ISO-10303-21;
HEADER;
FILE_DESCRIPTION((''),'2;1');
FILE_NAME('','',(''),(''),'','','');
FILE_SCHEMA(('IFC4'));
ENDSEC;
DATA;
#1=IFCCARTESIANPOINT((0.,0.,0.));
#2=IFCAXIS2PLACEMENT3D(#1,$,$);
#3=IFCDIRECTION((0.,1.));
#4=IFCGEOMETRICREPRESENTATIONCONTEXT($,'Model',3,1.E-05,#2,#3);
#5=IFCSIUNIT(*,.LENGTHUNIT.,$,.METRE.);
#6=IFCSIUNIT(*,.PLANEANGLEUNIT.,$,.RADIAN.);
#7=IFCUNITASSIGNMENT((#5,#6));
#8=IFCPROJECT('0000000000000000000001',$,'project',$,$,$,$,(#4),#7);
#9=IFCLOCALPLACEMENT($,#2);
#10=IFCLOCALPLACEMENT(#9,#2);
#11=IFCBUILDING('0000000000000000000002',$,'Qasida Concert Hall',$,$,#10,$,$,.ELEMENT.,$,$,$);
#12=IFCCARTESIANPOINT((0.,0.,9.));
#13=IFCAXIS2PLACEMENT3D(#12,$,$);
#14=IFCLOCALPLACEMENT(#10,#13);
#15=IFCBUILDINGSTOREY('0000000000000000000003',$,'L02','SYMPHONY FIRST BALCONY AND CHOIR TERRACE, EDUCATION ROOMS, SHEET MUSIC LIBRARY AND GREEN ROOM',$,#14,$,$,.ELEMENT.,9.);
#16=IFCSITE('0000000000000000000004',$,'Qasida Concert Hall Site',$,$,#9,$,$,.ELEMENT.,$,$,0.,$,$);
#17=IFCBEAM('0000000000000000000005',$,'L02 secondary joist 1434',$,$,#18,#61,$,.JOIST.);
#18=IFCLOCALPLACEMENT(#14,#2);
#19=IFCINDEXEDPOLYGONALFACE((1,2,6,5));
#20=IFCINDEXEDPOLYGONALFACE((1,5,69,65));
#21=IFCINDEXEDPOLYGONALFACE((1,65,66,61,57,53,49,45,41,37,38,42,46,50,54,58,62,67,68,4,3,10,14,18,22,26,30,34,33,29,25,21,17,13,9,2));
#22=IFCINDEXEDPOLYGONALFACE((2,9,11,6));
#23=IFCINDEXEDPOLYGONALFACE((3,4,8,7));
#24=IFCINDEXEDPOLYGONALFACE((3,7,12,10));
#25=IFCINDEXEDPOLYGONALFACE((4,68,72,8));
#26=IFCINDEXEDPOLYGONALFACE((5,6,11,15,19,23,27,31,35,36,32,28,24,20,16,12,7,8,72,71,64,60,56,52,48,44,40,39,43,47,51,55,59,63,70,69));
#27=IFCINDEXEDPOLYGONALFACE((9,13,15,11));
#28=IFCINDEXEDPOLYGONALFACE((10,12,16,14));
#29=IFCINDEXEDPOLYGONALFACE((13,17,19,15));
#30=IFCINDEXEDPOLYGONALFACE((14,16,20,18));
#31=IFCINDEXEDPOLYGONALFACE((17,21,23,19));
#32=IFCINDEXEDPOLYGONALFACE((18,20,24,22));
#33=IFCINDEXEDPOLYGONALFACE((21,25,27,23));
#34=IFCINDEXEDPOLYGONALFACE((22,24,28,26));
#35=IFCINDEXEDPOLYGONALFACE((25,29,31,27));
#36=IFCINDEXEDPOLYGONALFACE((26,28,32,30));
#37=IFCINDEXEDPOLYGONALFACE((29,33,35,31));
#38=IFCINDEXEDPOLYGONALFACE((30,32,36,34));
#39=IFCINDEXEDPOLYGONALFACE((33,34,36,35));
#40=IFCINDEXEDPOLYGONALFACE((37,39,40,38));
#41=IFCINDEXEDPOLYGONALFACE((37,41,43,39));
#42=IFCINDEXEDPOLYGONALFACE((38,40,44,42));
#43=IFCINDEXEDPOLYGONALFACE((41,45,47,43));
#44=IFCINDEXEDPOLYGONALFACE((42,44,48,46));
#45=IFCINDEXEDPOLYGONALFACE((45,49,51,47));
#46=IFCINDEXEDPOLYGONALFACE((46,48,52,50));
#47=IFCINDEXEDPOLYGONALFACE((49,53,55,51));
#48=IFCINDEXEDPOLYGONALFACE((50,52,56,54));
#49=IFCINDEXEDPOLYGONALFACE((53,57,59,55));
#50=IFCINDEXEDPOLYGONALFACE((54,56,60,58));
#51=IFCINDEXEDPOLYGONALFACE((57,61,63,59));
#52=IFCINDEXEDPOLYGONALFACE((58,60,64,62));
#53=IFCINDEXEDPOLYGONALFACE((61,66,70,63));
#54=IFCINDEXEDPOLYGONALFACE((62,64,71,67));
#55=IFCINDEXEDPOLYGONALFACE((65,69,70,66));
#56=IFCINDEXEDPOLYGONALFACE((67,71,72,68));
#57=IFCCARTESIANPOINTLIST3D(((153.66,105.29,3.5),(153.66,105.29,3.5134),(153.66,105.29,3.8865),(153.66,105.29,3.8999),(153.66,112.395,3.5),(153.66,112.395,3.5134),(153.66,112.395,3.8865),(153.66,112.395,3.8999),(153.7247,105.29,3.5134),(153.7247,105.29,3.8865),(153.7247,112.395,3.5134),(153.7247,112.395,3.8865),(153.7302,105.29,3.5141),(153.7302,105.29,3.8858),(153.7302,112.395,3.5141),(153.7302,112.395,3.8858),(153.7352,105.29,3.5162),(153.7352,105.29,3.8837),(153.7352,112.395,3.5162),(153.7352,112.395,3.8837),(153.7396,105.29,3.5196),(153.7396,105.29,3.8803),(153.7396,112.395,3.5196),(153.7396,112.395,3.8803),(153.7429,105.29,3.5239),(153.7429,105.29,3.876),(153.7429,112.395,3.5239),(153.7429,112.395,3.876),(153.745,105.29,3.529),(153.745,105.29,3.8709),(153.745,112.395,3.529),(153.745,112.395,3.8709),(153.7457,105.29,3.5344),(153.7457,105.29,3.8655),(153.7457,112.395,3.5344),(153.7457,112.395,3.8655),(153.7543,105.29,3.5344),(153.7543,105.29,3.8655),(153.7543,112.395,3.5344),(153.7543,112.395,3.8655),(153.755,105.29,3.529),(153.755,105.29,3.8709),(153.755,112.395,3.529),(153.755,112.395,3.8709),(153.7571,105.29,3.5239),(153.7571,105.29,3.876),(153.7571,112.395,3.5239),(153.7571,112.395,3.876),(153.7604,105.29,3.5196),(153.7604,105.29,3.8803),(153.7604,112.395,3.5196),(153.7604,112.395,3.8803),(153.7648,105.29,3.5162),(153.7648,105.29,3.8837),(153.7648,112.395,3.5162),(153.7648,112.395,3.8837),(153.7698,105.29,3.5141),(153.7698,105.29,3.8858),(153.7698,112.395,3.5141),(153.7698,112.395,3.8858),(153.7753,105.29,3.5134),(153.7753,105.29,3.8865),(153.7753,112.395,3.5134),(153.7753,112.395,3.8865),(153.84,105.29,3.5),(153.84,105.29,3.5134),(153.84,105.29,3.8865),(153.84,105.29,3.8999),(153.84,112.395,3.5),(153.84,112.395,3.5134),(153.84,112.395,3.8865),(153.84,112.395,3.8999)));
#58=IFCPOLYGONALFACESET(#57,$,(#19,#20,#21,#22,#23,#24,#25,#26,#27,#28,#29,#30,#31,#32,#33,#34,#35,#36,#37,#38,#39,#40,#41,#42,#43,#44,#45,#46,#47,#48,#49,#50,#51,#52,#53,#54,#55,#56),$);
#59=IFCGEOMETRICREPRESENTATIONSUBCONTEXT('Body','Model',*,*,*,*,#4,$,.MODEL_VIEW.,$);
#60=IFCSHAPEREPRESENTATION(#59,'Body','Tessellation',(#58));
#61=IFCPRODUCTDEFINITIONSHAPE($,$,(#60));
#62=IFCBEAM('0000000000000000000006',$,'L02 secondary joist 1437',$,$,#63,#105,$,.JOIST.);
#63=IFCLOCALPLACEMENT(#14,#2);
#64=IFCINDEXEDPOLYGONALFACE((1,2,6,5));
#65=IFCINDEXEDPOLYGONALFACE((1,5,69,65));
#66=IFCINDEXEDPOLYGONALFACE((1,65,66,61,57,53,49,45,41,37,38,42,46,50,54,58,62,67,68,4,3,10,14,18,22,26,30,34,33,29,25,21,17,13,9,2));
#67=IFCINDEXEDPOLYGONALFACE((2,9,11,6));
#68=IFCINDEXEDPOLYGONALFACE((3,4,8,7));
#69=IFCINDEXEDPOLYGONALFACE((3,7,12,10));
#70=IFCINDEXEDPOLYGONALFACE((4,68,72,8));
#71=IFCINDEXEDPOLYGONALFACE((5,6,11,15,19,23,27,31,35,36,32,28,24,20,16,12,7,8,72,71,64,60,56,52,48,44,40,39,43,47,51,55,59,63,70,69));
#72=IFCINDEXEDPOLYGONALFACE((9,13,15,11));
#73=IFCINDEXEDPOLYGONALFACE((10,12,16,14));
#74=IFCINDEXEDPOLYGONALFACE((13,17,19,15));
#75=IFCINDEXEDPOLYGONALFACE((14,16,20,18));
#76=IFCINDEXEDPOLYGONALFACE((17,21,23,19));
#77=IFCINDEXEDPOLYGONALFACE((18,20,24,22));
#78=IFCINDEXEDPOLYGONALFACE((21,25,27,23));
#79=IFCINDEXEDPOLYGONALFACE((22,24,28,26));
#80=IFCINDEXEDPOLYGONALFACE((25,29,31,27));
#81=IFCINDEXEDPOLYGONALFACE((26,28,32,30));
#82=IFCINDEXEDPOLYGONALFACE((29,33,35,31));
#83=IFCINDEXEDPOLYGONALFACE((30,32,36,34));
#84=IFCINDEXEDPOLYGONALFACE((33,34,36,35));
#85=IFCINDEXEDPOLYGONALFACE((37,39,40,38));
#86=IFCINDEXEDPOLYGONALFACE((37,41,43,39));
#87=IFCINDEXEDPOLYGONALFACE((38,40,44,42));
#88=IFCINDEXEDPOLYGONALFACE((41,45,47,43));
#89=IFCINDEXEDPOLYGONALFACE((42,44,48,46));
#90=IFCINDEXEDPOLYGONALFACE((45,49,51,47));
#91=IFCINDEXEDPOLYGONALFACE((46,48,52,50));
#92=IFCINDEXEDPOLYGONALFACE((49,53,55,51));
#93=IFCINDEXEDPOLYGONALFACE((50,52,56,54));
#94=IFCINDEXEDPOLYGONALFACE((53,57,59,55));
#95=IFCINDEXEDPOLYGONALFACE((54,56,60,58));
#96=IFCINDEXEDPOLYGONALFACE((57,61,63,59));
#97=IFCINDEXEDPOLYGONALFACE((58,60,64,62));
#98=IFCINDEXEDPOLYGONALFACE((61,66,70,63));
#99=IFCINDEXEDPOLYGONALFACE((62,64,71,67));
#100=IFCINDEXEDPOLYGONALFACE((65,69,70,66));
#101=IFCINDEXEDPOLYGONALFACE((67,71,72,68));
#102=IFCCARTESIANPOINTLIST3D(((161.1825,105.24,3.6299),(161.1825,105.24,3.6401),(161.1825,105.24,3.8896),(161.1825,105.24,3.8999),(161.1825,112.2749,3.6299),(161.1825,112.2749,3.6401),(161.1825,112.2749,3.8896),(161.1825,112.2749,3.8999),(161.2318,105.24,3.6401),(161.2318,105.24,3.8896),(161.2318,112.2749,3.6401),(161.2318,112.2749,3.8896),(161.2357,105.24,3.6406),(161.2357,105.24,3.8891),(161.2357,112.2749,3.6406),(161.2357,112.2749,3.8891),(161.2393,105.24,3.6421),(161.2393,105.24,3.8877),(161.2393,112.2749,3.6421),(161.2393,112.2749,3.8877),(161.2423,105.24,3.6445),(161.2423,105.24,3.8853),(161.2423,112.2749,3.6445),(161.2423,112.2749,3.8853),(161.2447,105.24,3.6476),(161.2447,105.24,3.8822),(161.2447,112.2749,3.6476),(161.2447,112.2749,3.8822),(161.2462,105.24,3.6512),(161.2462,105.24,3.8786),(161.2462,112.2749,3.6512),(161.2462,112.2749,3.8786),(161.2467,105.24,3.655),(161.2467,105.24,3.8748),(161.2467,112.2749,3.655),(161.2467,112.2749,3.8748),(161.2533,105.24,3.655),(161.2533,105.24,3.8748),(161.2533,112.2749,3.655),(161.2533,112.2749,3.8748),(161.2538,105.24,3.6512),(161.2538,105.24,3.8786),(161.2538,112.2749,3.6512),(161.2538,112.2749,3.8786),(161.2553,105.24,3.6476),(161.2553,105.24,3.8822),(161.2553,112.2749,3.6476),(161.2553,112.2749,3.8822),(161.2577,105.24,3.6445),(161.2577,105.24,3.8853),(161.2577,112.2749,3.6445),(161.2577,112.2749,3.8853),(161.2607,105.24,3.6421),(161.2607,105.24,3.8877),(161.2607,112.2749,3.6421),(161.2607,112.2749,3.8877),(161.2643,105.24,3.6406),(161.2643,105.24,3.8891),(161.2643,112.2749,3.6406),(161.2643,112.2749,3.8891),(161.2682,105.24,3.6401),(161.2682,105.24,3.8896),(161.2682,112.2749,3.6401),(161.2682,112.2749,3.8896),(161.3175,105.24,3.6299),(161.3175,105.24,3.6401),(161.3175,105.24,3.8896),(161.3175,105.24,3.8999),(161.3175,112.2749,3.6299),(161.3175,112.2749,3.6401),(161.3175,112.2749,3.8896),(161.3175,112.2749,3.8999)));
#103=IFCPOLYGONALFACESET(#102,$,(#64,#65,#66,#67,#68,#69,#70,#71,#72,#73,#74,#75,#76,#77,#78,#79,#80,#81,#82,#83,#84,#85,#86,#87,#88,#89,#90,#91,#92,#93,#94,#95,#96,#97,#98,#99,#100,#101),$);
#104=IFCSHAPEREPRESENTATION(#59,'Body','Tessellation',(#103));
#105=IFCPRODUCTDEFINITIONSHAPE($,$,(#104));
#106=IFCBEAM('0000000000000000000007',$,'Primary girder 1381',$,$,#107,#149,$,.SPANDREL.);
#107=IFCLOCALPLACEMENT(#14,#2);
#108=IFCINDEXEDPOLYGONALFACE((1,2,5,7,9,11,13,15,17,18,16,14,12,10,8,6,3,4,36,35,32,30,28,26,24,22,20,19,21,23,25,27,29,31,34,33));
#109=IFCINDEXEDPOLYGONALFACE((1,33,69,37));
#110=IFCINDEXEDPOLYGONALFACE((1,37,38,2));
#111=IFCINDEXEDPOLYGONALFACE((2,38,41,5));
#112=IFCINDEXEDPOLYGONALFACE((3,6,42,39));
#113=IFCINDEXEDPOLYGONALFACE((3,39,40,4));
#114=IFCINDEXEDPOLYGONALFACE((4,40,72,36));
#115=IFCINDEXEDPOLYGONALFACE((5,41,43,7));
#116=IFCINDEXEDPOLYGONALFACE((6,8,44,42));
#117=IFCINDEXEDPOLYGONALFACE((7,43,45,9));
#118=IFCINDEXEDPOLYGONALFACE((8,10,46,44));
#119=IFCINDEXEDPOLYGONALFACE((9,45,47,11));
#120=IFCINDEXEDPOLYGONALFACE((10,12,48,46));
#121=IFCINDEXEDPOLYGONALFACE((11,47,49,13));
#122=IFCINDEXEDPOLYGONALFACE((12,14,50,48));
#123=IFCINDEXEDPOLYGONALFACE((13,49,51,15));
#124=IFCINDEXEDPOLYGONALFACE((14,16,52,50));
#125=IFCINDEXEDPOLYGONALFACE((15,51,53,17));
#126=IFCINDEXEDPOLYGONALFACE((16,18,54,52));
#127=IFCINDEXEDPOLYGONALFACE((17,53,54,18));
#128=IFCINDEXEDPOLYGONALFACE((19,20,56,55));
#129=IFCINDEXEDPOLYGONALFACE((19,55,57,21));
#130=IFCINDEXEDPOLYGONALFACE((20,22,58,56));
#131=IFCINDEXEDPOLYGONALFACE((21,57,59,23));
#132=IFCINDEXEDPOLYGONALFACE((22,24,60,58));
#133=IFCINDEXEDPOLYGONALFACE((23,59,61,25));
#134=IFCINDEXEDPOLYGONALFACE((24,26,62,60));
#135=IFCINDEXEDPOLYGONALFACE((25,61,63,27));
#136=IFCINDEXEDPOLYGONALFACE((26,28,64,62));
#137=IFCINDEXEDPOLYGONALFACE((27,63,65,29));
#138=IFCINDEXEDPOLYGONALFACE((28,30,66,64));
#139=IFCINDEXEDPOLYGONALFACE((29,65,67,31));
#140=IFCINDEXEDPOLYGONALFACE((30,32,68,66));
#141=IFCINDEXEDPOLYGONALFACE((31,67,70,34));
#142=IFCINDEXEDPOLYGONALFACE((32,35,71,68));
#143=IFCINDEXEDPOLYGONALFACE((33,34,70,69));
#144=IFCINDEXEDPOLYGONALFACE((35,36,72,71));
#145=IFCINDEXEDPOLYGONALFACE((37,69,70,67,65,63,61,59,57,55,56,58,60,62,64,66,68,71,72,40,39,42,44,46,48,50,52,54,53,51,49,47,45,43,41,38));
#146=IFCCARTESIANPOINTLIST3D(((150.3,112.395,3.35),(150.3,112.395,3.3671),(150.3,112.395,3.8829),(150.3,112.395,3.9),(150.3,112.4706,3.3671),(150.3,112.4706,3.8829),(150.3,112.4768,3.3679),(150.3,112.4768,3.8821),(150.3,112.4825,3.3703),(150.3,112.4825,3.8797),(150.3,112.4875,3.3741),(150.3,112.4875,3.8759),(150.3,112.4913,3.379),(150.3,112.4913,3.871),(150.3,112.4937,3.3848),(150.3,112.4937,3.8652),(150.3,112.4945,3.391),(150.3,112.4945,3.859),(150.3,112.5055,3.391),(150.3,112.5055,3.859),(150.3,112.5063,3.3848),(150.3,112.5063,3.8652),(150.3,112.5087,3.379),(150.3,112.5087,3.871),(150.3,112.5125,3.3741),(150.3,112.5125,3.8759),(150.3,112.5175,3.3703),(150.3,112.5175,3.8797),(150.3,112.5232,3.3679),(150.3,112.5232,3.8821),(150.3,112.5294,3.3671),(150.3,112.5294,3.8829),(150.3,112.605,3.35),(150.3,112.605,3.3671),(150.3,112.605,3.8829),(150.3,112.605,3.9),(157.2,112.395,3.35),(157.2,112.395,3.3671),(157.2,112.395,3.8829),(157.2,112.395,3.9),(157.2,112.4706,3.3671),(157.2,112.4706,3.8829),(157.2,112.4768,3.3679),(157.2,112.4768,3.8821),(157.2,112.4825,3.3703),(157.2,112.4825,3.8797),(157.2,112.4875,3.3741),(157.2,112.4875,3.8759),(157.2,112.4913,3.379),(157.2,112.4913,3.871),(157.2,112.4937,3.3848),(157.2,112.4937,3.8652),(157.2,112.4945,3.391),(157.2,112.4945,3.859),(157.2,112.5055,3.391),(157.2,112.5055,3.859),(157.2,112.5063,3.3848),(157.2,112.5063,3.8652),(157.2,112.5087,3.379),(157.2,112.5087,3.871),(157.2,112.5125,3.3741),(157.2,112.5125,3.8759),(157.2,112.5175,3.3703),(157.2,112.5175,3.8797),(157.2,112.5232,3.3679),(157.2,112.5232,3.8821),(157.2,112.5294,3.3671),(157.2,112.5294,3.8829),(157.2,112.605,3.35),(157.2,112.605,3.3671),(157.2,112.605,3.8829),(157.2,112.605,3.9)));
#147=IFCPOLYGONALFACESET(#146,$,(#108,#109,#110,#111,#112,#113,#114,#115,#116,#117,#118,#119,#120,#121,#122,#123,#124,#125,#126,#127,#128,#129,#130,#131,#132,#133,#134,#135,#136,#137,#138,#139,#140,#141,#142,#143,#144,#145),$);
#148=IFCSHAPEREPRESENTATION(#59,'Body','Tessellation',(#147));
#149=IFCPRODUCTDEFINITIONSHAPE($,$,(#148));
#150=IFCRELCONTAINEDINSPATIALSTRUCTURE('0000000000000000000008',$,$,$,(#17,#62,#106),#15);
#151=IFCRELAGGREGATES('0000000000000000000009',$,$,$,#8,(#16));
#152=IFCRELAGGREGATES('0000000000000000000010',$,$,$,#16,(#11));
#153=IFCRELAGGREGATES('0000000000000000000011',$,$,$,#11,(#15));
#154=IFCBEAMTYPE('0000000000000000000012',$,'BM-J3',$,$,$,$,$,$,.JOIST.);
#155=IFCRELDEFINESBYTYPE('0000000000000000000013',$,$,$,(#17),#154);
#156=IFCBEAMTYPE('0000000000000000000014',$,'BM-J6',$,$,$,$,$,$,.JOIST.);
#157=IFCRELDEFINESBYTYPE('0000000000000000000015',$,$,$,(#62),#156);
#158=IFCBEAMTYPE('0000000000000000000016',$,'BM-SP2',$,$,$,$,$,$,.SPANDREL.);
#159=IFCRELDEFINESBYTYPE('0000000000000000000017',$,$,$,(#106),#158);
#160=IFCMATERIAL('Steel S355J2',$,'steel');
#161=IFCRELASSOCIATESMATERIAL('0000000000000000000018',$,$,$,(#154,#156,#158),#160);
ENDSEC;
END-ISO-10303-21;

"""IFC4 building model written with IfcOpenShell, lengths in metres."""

from ifc_helpers import new_model, si_unit, direction, frame, origin, origin_2d, place, context, subcontext, project, spatial, i_section, extrude, material, material_profile, profile_set, type_object, element, save


model = new_model("IFC4")

# Units and contexts
model_context = context("Model", 3, precision=1e-05, world=origin(), true_north=direction((0.0, 1.0)))
body_context = subcontext(model_context, "Body", "Model", "MODEL_VIEW")
ifc_project = project(units=[si_unit("LENGTHUNIT", "METRE"), si_unit("PLANEANGLEUNIT", "RADIAN")], contexts=[model_context])

# Site, building, storey
site_placement = place(None, origin())
site = spatial("IfcSite", under=ifc_project, at=site_placement, Name="Qasida Concert Hall Site", CompositionType="ELEMENT", RefElevation=0.0)
building_placement = place(site_placement, origin())
building = spatial("IfcBuilding", under=site, at=building_placement, Name="Qasida Concert Hall", CompositionType="ELEMENT")
storey_placement = place(building_placement, frame((0.0, 0.0, 9.0)))
storey = spatial("IfcBuildingStorey", under=building, at=storey_placement, Name="L02", Description="SYMPHONY FIRST BALCONY AND CHOIR TERRACE, EDUCATION ROOMS, SHEET MUSIC LIBRARY AND GREEN ROOM", CompositionType="ELEMENT", Elevation=9.0)

# Beams
ifc_material_1 = material(Name="Steel S355J2", Category="steel")
ifc_material_profile_1 = material_profile(ifc_material_1, i_section(OverallWidth=0.1799, OverallDepth=0.3999, WebThickness=0.0085, FlangeThickness=0.0134, FilletRadius=0.021, at=origin_2d()), Name="IPE 400")
ifc_profile_set_1 = profile_set([ifc_material_profile_1], Name="Steel S355J2")
beam_type_1 = type_object("IfcBeamType", Name="BM-J3", PredefinedType="JOIST", material=ifc_profile_set_1)
beam_1_placement = place(storey_placement, frame((153.75, 105.29, 3.7), z_axis=(0.0, 1.0, 0.0), x_axis=(-1.0, 0.0, 0.0)))
element("IfcBeam", 1, at=beam_1_placement, inside=storey, type_object=beam_type_1, Name="L02 secondary joist 1434", PredefinedType="JOIST", context=body_context, shape_type="SweptSolid", body=[
    extrude(i_section(OverallWidth=0.1799, OverallDepth=0.3999, WebThickness=0.0085, FlangeThickness=0.0134, FilletRadius=0.021, at=origin_2d()), origin(), (0.0, 0.0, 1.0), 7.105),
])
ifc_material_profile_2 = material_profile(ifc_material_1, i_section(OverallWidth=0.135, OverallDepth=0.27, WebThickness=0.0066, FlangeThickness=0.0103, FilletRadius=0.0149, at=origin_2d()), Name="IPE 270")
ifc_profile_set_2 = profile_set([ifc_material_profile_2], Name="Steel S355J2")
beam_type_2 = type_object("IfcBeamType", Name="BM-J6", PredefinedType="JOIST", material=ifc_profile_set_2)
beam_2_placement = place(storey_placement, frame((161.25, 105.24, 3.7649), z_axis=(0.0, 1.0, 0.0), x_axis=(-1.0, 0.0, 0.0)))
element("IfcBeam", 2, at=beam_2_placement, inside=storey, type_object=beam_type_2, Name="L02 secondary joist 1437", PredefinedType="JOIST", context=body_context, shape_type="SweptSolid", body=[
    extrude(i_section(OverallWidth=0.135, OverallDepth=0.27, WebThickness=0.0066, FlangeThickness=0.0103, FilletRadius=0.0149, at=origin_2d()), origin(), (0.0, 0.0, 1.0), 7.0349),
])
ifc_material_profile_3 = material_profile(ifc_material_1, i_section(OverallWidth=0.21, OverallDepth=0.55, WebThickness=0.011, FlangeThickness=0.0171, FilletRadius=0.0239, at=origin_2d()), Name="IPE 550")
ifc_profile_set_3 = profile_set([ifc_material_profile_3], Name="Steel S355J2")
beam_type_3 = type_object("IfcBeamType", Name="BM-SP2", PredefinedType="SPANDREL", material=ifc_profile_set_3)
beam_3_placement = place(storey_placement, frame((150.3, 112.5, 3.625), z_axis=(1.0, 0.0, 0.0), x_axis=(0.0, 1.0, 0.0)))
element("IfcBeam", 3, at=beam_3_placement, inside=storey, type_object=beam_type_3, Name="Primary girder 1381", PredefinedType="SPANDREL", context=body_context, shape_type="SweptSolid", body=[
    extrude(i_section(OverallWidth=0.21, OverallDepth=0.55, WebThickness=0.011, FlangeThickness=0.0171, FilletRadius=0.0239, at=origin_2d()), origin(), (0.0, 0.0, 1.0), 6.8999),
])

save(model, "model.ifc")
